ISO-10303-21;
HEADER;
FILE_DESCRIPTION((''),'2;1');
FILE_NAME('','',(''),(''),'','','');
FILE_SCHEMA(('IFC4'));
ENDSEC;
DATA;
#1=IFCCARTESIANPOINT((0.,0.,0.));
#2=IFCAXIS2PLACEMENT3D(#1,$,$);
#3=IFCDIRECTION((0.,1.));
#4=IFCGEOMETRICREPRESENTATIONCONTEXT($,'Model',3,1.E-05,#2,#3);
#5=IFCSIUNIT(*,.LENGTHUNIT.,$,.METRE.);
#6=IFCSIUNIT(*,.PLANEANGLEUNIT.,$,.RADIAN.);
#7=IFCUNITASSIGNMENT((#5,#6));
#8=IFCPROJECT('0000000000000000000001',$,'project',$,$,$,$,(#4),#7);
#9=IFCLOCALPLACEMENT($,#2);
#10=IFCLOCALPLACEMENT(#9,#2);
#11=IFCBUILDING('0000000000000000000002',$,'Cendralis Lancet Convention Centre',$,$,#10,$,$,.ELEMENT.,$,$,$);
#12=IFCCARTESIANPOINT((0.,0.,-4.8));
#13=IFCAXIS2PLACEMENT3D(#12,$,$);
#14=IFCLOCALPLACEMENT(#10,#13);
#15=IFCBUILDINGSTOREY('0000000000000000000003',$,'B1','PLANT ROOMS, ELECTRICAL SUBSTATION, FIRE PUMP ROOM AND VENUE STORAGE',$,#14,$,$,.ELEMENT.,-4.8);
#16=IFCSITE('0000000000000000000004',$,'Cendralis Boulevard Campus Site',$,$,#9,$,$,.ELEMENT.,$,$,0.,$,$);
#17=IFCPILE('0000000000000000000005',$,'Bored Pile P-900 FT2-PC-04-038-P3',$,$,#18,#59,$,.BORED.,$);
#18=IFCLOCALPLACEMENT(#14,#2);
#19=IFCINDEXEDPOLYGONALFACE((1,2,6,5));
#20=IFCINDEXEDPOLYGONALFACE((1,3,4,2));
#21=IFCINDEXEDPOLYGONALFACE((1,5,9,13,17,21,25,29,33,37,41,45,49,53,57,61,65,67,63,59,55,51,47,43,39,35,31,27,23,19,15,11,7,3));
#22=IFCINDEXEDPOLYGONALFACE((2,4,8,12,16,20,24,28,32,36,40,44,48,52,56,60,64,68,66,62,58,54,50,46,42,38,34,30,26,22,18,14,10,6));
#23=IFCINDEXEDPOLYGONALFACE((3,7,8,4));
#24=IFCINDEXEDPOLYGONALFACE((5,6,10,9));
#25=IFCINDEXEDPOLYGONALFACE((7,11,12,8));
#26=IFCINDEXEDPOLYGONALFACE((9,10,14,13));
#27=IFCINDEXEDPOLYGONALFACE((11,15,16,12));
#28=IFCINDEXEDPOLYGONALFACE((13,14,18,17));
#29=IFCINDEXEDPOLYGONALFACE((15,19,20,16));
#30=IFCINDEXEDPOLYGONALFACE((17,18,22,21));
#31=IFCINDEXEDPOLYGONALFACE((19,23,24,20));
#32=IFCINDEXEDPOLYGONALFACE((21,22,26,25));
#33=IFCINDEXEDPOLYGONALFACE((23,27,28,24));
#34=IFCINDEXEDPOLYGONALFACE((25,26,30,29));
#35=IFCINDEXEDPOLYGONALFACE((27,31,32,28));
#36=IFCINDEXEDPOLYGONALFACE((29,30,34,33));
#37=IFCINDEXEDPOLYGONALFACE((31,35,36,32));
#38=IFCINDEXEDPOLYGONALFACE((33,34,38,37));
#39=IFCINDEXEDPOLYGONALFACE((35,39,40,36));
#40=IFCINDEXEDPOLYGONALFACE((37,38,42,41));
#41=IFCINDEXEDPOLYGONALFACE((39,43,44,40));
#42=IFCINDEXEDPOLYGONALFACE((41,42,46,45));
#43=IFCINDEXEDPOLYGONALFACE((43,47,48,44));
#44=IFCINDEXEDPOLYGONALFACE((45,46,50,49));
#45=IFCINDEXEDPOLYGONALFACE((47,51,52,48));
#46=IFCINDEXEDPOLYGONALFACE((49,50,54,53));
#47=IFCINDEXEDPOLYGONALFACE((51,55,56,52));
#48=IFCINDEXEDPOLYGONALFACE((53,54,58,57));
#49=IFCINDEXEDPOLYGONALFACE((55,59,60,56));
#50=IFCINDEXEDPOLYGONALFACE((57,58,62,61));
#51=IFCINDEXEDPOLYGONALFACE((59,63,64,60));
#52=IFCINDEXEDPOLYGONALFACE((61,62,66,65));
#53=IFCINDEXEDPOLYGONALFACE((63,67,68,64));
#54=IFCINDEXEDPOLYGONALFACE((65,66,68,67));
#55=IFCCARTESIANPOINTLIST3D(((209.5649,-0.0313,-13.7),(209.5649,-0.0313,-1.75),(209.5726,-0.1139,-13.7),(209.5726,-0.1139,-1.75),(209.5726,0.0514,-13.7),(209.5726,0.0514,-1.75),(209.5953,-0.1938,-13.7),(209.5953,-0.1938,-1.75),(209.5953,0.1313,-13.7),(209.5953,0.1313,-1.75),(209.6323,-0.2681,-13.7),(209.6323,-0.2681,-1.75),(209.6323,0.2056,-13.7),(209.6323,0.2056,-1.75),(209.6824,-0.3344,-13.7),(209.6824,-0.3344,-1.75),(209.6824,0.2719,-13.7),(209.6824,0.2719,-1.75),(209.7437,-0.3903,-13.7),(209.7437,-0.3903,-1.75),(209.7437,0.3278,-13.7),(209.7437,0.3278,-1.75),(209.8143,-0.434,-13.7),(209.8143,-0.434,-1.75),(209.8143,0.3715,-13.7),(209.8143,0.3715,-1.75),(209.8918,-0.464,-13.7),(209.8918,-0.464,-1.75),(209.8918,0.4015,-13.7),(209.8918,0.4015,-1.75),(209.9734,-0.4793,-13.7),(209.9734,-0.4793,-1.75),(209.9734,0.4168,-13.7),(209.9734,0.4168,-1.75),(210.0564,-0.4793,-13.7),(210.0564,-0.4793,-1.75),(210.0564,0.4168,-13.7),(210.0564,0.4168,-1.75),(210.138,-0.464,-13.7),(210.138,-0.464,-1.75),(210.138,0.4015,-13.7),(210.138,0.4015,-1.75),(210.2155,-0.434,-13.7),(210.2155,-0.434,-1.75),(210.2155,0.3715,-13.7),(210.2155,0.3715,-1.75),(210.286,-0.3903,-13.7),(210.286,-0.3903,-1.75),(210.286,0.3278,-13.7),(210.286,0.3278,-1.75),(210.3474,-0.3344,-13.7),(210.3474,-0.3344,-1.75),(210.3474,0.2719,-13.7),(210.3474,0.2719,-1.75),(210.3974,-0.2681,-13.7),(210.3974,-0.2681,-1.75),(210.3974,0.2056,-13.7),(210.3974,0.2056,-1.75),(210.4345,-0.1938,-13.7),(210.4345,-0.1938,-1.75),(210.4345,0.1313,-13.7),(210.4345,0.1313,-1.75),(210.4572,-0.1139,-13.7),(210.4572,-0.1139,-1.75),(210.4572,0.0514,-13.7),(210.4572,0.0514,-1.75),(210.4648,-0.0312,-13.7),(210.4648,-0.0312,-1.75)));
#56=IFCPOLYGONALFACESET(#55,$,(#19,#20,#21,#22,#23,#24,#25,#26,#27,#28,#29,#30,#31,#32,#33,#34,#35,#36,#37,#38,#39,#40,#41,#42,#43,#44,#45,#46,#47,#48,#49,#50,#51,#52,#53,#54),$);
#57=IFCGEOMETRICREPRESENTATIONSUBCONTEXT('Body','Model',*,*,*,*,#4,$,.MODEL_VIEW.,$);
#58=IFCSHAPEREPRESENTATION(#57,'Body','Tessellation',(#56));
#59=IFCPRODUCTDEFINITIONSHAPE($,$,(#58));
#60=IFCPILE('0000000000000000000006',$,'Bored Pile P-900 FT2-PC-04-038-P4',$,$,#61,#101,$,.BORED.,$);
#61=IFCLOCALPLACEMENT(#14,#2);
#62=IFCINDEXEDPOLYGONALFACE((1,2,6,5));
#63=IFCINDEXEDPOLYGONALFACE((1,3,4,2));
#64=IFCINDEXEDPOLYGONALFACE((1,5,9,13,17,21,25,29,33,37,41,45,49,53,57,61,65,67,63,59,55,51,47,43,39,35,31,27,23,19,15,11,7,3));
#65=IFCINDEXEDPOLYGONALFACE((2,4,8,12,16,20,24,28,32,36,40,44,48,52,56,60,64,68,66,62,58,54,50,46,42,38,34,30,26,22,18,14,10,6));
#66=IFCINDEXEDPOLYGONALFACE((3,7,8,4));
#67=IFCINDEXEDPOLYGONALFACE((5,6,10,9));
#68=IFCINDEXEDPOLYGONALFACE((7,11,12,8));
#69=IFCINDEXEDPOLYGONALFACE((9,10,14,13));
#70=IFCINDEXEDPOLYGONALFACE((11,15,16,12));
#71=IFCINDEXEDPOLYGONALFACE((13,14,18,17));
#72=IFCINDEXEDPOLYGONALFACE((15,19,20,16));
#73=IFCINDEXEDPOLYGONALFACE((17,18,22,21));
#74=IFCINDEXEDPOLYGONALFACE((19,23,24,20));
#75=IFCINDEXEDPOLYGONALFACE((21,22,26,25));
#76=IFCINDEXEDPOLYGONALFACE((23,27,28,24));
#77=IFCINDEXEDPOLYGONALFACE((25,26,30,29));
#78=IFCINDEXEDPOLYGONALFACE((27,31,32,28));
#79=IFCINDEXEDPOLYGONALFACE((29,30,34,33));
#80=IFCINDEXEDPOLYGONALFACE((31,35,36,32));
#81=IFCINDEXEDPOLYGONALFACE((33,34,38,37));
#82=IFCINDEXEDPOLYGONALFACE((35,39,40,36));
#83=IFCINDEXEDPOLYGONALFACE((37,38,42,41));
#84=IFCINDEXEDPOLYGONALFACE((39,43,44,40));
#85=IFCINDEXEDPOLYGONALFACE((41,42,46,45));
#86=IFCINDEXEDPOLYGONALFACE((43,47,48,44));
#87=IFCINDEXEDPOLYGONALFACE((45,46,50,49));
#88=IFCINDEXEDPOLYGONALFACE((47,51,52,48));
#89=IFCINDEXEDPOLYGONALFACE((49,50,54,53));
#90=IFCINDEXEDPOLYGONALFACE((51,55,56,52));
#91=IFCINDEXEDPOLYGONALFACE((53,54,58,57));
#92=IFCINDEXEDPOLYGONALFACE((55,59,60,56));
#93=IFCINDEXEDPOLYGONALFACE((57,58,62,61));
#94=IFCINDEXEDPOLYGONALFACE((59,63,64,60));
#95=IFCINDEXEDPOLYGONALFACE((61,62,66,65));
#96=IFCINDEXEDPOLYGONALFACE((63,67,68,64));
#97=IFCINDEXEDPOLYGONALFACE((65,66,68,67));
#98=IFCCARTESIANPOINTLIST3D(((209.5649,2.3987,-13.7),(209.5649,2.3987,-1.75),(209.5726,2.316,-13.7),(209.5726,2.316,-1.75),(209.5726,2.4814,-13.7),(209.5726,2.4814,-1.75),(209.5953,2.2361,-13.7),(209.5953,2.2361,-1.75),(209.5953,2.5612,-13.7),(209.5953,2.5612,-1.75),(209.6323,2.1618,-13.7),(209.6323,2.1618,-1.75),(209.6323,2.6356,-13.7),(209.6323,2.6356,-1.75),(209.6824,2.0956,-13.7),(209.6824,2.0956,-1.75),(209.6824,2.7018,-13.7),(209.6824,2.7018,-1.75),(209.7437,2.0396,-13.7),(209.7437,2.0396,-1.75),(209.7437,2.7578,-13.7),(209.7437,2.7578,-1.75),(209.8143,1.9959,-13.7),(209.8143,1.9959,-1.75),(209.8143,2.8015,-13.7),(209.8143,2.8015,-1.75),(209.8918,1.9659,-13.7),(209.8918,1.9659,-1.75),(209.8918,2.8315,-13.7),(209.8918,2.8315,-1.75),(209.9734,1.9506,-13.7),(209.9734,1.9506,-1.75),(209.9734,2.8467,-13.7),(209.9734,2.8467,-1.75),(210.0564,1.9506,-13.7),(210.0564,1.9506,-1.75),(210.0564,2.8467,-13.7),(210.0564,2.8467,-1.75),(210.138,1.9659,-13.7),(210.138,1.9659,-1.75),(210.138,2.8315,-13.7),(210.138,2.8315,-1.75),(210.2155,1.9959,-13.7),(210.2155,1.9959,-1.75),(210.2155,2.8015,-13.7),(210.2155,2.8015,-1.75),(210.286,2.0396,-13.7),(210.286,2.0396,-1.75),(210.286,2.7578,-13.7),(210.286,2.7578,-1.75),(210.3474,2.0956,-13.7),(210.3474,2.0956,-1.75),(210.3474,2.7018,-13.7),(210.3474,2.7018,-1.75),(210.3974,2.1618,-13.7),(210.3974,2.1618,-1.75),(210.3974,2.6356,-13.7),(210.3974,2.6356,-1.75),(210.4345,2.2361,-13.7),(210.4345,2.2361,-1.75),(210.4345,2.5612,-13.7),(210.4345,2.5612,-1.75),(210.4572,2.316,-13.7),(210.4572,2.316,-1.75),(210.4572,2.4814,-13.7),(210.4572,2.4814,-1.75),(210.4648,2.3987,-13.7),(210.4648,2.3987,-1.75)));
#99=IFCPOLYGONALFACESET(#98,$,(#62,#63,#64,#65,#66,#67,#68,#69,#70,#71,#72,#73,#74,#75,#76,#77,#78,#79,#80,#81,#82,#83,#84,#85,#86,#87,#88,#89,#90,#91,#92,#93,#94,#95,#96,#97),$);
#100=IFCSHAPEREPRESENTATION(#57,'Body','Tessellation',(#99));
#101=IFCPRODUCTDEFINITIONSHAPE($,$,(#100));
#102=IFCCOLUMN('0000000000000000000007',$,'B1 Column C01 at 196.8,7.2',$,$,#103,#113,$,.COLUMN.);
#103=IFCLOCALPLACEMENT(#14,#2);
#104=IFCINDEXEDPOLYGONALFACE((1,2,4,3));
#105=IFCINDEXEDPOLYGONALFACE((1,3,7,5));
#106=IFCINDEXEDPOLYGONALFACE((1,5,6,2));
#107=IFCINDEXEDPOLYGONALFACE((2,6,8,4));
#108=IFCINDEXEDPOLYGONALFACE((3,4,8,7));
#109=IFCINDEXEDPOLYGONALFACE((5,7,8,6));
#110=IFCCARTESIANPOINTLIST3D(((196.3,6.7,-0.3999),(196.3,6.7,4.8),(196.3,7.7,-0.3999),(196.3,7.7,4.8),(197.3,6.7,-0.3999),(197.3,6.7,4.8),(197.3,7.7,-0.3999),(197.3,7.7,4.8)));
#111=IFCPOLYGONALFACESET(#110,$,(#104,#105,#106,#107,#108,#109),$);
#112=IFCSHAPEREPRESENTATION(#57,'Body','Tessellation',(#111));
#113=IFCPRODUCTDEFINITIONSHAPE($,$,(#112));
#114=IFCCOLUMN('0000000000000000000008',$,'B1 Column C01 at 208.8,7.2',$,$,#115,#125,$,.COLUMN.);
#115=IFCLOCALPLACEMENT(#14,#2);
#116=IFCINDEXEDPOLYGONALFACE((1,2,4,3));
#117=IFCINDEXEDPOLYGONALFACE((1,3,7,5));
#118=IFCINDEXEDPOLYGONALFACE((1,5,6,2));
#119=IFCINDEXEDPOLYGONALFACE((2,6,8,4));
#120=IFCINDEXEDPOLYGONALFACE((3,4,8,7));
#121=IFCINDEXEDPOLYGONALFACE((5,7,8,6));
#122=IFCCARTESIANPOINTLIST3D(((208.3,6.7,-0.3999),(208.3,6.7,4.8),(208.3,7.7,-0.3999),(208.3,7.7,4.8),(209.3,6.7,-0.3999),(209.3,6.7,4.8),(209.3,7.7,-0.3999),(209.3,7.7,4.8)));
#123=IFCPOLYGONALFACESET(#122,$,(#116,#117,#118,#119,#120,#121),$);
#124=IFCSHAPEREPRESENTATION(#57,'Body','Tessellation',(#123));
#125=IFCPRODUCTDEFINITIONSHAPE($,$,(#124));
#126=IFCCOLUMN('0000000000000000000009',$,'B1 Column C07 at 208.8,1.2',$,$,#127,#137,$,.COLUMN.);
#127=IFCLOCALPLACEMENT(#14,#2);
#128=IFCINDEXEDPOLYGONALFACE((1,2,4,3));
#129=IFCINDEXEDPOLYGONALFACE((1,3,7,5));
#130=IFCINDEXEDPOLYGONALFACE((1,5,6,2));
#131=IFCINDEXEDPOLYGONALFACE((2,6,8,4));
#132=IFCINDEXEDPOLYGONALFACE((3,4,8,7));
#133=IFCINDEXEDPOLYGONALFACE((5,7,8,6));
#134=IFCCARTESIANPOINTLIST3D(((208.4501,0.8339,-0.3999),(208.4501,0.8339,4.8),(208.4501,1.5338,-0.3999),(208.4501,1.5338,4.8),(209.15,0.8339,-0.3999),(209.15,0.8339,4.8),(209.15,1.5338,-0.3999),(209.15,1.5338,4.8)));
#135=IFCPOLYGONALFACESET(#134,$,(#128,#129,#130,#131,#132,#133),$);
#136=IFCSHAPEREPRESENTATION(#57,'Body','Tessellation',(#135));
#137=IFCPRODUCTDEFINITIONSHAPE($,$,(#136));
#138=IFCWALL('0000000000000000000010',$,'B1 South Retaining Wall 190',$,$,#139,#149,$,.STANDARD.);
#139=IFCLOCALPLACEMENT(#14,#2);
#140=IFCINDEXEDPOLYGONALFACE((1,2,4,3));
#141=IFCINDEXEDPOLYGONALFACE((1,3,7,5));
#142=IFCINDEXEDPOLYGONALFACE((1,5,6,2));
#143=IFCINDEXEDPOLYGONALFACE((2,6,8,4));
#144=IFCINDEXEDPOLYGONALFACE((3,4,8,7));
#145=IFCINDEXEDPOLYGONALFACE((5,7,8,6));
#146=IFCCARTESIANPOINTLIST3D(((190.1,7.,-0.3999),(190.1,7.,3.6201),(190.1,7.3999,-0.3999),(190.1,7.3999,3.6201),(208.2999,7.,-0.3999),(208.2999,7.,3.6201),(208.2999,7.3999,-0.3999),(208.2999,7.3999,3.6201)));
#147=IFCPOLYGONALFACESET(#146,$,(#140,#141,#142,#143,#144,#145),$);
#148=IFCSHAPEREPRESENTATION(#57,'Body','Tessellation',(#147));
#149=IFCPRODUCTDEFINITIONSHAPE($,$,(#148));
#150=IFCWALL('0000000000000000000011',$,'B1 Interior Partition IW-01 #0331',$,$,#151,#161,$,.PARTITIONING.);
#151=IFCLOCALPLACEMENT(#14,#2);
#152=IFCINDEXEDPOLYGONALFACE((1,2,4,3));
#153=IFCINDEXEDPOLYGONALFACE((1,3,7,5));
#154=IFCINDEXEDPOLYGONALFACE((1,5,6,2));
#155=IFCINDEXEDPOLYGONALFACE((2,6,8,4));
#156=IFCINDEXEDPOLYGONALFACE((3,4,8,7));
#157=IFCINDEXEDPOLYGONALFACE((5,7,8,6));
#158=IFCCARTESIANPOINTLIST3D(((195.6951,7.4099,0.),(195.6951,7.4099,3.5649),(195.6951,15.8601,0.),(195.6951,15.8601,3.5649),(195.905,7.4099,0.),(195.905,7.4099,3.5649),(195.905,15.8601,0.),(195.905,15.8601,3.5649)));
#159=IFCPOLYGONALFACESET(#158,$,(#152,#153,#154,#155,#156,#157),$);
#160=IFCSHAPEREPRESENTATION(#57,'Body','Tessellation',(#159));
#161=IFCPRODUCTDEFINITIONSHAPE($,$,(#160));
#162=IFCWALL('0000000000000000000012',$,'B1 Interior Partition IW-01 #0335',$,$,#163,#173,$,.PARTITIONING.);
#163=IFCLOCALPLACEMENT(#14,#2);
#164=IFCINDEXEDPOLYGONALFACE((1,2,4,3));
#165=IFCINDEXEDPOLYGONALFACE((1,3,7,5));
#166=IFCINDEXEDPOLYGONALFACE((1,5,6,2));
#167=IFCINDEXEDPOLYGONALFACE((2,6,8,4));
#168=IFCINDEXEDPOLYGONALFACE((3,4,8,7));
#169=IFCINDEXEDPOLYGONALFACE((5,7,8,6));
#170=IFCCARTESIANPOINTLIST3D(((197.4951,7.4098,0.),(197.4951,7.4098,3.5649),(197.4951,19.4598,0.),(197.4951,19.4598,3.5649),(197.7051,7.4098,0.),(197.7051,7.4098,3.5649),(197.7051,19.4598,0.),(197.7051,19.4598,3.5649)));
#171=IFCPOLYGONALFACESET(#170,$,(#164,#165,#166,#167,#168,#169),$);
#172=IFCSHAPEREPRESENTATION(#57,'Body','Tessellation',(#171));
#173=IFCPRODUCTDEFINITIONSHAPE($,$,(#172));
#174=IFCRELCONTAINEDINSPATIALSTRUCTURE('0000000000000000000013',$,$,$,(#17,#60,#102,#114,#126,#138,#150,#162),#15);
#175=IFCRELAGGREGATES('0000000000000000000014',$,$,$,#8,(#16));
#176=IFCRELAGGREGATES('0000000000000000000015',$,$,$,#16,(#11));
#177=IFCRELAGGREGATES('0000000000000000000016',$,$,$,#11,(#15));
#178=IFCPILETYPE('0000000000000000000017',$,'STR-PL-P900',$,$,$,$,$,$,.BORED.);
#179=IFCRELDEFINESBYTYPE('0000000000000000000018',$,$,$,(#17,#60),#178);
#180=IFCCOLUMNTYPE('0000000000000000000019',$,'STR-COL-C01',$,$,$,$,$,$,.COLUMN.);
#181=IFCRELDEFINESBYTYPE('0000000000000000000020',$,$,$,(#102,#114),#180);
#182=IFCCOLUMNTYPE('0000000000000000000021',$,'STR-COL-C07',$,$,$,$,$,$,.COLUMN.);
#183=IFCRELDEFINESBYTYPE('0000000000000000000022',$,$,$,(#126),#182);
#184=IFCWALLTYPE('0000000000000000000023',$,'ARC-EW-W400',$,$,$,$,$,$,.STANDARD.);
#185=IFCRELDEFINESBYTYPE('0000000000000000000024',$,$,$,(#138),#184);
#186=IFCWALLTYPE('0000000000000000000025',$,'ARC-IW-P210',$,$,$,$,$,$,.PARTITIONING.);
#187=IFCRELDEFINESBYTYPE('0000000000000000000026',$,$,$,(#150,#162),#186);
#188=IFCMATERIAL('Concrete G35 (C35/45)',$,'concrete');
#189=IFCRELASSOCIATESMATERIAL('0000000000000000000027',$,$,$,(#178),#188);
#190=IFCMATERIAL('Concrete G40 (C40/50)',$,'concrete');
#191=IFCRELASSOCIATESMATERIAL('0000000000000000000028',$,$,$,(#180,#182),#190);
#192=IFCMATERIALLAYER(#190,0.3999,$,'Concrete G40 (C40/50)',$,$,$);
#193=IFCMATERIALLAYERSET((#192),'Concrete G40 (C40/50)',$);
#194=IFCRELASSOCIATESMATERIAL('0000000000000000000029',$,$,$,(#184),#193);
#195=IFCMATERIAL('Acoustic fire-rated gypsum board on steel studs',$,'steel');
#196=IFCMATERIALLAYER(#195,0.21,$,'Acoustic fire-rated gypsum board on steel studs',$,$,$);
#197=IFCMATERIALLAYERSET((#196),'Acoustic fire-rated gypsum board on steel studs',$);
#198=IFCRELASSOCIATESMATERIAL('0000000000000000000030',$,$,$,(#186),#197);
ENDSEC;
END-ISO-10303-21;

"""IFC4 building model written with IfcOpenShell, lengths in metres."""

from ifc_helpers import new_model, si_unit, direction, frame, frame_2d, origin, origin_2d, place, context, subcontext, project, spatial, rectangle, circle, extrude, material, layer, layer_set, material_profile, profile_set, type_object, element, save


model = new_model("IFC4")

# Units and contexts
model_context = context("Model", 3, precision=1e-05, world=origin(), true_north=direction((0.0, 1.0)))
body_context = subcontext(model_context, "Body", "Model", "MODEL_VIEW")
ifc_project = project(units=[si_unit("LENGTHUNIT", "METRE"), si_unit("PLANEANGLEUNIT", "RADIAN")], contexts=[model_context])

# Site, building, storey
site_placement = place(None, origin())
site = spatial("IfcSite", under=ifc_project, at=site_placement, Name="Cendralis Boulevard Campus Site", CompositionType="ELEMENT", RefElevation=0.0)
building_placement = place(site_placement, origin())
building = spatial("IfcBuilding", under=site, at=building_placement, Name="Cendralis Lancet Convention Centre", CompositionType="ELEMENT")
storey_placement = place(building_placement, frame((0.0, 0.0, -4.8)))
storey = spatial("IfcBuildingStorey", under=building, at=storey_placement, Name="B1", Description="PLANT ROOMS, ELECTRICAL SUBSTATION, FIRE PUMP ROOM AND VENUE STORAGE", CompositionType="ELEMENT", Elevation=-4.8)

# Shared definitions
ifc_material_1 = material(Name="Concrete G35 (C35/45)", Category="concrete")

# Piles
ifc_material_profile_1 = material_profile(ifc_material_1, circle(Radius=0.45, at=origin_2d()), Name="BORED PILE D900")
ifc_profile_set_1 = profile_set([ifc_material_profile_1], Name="Concrete G35 (C35/45)")
pile_type_1 = type_object("IfcPileType", Name="STR-PL-P900", PredefinedType="BORED", material=ifc_profile_set_1)
for number, where, z_axis, x_axis, name in (
    (1, (210.0149, -0.0312, -1.75), (0.0, 0.0, -1.0), (1.0, 0.0, 0.0), "Bored Pile P-900 FT2-PC-04-038-P3"),
    (2, (210.0149, 2.3987, -1.75), (0.0, 0.0, -1.0), (1.0, 0.0, 0.0), "Bored Pile P-900 FT2-PC-04-038-P4"),
):
    element("IfcPile", number, at=place(storey_placement, frame(where, z_axis=z_axis, x_axis=x_axis)), inside=storey, type_object=pile_type_1, Name=name, PredefinedType="BORED", context=body_context, shape_type="SweptSolid", body=[
        extrude(circle(Radius=0.45, at=origin_2d()), origin(), (0.0, 0.0, 1.0), 11.95),
    ])

# Columns
ifc_material_2 = material(Name="Concrete G40 (C40/50)", Category="concrete")
ifc_material_profile_2 = material_profile(ifc_material_2, rectangle(XDim=1.0, YDim=1.0, at=origin_2d()), Name="RC 1000x1000")
ifc_profile_set_2 = profile_set([ifc_material_profile_2], Name="Concrete G40 (C40/50)")
column_type_1 = type_object("IfcColumnType", Name="STR-COL-C01", PredefinedType="COLUMN", material=ifc_profile_set_2)
for number, where, z_axis, x_axis, name in (
    (3, (196.8, 7.2, -0.3999), (0.0, 0.0, 1.0), (1.0, 0.0, 0.0), "B1 Column C01 at 196.8,7.2"),
    (4, (208.8, 7.2, -0.3999), (0.0, 0.0, 1.0), (1.0, 0.0, 0.0), "B1 Column C01 at 208.8,7.2"),
):
    element("IfcColumn", number, at=place(storey_placement, frame(where, z_axis=z_axis, x_axis=x_axis)), inside=storey, type_object=column_type_1, Name=name, PredefinedType="COLUMN", context=body_context, shape_type="SweptSolid", body=[
        extrude(rectangle(XDim=1.0, YDim=1.0, at=origin_2d()), origin(), (0.0, 0.0, 1.0), 5.2),
    ])
ifc_material_profile_3 = material_profile(ifc_material_2, rectangle(XDim=0.7, YDim=0.7, at=origin_2d()), Name="RC 700x700")
ifc_profile_set_3 = profile_set([ifc_material_profile_3], Name="Concrete G40 (C40/50)")
column_type_2 = type_object("IfcColumnType", Name="STR-COL-C07", PredefinedType="COLUMN", material=ifc_profile_set_3)
column_placement = place(storey_placement, frame((208.8, 1.1838, -0.3999), z_axis=(0.0, 0.0, 1.0), x_axis=(1.0, 0.0, 0.0)))
element("IfcColumn", 5, at=column_placement, inside=storey, type_object=column_type_2, Name="B1 Column C07 at 208.8,1.2", PredefinedType="COLUMN", context=body_context, shape_type="SweptSolid", body=[
    extrude(rectangle(XDim=0.7, YDim=0.7, at=origin_2d()), origin(), (0.0, 0.0, 1.0), 5.2),
])

# Walls
ifc_layer_1 = layer(ifc_material_2, 0.3999, Name="Concrete G40 (C40/50)")
ifc_layer_set_1 = layer_set([ifc_layer_1], Name="Concrete G40 (C40/50)")
wall_type_1 = type_object("IfcWallType", Name="ARC-EW-W400", PredefinedType="STANDARD", material=ifc_layer_set_1)
wall_1_placement = place(storey_placement, frame((208.3, 7.2, -0.3999), z_axis=(0.0, 0.0, 1.0), x_axis=(-1.0, 0.0, 0.0)))
element("IfcWall", 6, at=wall_1_placement, inside=storey, type_object=wall_type_1, Name="B1 South Retaining Wall 190", PredefinedType="STANDARD", context=body_context, shape_type="SweptSolid", body=[
    extrude(rectangle(XDim=18.2, YDim=0.3999, at=frame_2d((9.1001, 0.0))), origin(), (0.0, 0.0, 1.0), 4.02),
])
ifc_material_3 = material(Name="Acoustic fire-rated gypsum board on steel studs", Category="steel")
ifc_layer_2 = layer(ifc_material_3, 0.21, Name="Acoustic fire-rated gypsum board on steel studs")
ifc_layer_set_2 = layer_set([ifc_layer_2], Name="Acoustic fire-rated gypsum board on steel studs")
wall_type_2 = type_object("IfcWallType", Name="ARC-IW-P210", PredefinedType="PARTITIONING", material=ifc_layer_set_2)
wall_2_placement = place(storey_placement, frame((195.8, 7.4099, 0.0), z_axis=(0.0, 0.0, 1.0), x_axis=(0.0, 1.0, 0.0)))
element("IfcWall", 7, at=wall_2_placement, inside=storey, type_object=wall_type_2, Name="B1 Interior Partition IW-01 #0331", PredefinedType="PARTITIONING", context=body_context, shape_type="SweptSolid", body=[
    extrude(rectangle(XDim=8.4502, YDim=0.21, at=frame_2d((4.2251, 0.0))), origin(), (0.0, 0.0, 1.0), 3.5649),
])
wall_3_placement = place(storey_placement, frame((197.6001, 7.4099, 0.0), z_axis=(0.0, 0.0, 1.0), x_axis=(0.0, 1.0, 0.0)))
element("IfcWall", 8, at=wall_3_placement, inside=storey, type_object=wall_type_2, Name="B1 Interior Partition IW-01 #0335", PredefinedType="PARTITIONING", context=body_context, shape_type="SweptSolid", body=[
    extrude(rectangle(XDim=12.05, YDim=0.21, at=frame_2d((6.0249, 0.0))), origin(), (0.0, 0.0, 1.0), 3.5649),
])

save(model, "model.ifc")
